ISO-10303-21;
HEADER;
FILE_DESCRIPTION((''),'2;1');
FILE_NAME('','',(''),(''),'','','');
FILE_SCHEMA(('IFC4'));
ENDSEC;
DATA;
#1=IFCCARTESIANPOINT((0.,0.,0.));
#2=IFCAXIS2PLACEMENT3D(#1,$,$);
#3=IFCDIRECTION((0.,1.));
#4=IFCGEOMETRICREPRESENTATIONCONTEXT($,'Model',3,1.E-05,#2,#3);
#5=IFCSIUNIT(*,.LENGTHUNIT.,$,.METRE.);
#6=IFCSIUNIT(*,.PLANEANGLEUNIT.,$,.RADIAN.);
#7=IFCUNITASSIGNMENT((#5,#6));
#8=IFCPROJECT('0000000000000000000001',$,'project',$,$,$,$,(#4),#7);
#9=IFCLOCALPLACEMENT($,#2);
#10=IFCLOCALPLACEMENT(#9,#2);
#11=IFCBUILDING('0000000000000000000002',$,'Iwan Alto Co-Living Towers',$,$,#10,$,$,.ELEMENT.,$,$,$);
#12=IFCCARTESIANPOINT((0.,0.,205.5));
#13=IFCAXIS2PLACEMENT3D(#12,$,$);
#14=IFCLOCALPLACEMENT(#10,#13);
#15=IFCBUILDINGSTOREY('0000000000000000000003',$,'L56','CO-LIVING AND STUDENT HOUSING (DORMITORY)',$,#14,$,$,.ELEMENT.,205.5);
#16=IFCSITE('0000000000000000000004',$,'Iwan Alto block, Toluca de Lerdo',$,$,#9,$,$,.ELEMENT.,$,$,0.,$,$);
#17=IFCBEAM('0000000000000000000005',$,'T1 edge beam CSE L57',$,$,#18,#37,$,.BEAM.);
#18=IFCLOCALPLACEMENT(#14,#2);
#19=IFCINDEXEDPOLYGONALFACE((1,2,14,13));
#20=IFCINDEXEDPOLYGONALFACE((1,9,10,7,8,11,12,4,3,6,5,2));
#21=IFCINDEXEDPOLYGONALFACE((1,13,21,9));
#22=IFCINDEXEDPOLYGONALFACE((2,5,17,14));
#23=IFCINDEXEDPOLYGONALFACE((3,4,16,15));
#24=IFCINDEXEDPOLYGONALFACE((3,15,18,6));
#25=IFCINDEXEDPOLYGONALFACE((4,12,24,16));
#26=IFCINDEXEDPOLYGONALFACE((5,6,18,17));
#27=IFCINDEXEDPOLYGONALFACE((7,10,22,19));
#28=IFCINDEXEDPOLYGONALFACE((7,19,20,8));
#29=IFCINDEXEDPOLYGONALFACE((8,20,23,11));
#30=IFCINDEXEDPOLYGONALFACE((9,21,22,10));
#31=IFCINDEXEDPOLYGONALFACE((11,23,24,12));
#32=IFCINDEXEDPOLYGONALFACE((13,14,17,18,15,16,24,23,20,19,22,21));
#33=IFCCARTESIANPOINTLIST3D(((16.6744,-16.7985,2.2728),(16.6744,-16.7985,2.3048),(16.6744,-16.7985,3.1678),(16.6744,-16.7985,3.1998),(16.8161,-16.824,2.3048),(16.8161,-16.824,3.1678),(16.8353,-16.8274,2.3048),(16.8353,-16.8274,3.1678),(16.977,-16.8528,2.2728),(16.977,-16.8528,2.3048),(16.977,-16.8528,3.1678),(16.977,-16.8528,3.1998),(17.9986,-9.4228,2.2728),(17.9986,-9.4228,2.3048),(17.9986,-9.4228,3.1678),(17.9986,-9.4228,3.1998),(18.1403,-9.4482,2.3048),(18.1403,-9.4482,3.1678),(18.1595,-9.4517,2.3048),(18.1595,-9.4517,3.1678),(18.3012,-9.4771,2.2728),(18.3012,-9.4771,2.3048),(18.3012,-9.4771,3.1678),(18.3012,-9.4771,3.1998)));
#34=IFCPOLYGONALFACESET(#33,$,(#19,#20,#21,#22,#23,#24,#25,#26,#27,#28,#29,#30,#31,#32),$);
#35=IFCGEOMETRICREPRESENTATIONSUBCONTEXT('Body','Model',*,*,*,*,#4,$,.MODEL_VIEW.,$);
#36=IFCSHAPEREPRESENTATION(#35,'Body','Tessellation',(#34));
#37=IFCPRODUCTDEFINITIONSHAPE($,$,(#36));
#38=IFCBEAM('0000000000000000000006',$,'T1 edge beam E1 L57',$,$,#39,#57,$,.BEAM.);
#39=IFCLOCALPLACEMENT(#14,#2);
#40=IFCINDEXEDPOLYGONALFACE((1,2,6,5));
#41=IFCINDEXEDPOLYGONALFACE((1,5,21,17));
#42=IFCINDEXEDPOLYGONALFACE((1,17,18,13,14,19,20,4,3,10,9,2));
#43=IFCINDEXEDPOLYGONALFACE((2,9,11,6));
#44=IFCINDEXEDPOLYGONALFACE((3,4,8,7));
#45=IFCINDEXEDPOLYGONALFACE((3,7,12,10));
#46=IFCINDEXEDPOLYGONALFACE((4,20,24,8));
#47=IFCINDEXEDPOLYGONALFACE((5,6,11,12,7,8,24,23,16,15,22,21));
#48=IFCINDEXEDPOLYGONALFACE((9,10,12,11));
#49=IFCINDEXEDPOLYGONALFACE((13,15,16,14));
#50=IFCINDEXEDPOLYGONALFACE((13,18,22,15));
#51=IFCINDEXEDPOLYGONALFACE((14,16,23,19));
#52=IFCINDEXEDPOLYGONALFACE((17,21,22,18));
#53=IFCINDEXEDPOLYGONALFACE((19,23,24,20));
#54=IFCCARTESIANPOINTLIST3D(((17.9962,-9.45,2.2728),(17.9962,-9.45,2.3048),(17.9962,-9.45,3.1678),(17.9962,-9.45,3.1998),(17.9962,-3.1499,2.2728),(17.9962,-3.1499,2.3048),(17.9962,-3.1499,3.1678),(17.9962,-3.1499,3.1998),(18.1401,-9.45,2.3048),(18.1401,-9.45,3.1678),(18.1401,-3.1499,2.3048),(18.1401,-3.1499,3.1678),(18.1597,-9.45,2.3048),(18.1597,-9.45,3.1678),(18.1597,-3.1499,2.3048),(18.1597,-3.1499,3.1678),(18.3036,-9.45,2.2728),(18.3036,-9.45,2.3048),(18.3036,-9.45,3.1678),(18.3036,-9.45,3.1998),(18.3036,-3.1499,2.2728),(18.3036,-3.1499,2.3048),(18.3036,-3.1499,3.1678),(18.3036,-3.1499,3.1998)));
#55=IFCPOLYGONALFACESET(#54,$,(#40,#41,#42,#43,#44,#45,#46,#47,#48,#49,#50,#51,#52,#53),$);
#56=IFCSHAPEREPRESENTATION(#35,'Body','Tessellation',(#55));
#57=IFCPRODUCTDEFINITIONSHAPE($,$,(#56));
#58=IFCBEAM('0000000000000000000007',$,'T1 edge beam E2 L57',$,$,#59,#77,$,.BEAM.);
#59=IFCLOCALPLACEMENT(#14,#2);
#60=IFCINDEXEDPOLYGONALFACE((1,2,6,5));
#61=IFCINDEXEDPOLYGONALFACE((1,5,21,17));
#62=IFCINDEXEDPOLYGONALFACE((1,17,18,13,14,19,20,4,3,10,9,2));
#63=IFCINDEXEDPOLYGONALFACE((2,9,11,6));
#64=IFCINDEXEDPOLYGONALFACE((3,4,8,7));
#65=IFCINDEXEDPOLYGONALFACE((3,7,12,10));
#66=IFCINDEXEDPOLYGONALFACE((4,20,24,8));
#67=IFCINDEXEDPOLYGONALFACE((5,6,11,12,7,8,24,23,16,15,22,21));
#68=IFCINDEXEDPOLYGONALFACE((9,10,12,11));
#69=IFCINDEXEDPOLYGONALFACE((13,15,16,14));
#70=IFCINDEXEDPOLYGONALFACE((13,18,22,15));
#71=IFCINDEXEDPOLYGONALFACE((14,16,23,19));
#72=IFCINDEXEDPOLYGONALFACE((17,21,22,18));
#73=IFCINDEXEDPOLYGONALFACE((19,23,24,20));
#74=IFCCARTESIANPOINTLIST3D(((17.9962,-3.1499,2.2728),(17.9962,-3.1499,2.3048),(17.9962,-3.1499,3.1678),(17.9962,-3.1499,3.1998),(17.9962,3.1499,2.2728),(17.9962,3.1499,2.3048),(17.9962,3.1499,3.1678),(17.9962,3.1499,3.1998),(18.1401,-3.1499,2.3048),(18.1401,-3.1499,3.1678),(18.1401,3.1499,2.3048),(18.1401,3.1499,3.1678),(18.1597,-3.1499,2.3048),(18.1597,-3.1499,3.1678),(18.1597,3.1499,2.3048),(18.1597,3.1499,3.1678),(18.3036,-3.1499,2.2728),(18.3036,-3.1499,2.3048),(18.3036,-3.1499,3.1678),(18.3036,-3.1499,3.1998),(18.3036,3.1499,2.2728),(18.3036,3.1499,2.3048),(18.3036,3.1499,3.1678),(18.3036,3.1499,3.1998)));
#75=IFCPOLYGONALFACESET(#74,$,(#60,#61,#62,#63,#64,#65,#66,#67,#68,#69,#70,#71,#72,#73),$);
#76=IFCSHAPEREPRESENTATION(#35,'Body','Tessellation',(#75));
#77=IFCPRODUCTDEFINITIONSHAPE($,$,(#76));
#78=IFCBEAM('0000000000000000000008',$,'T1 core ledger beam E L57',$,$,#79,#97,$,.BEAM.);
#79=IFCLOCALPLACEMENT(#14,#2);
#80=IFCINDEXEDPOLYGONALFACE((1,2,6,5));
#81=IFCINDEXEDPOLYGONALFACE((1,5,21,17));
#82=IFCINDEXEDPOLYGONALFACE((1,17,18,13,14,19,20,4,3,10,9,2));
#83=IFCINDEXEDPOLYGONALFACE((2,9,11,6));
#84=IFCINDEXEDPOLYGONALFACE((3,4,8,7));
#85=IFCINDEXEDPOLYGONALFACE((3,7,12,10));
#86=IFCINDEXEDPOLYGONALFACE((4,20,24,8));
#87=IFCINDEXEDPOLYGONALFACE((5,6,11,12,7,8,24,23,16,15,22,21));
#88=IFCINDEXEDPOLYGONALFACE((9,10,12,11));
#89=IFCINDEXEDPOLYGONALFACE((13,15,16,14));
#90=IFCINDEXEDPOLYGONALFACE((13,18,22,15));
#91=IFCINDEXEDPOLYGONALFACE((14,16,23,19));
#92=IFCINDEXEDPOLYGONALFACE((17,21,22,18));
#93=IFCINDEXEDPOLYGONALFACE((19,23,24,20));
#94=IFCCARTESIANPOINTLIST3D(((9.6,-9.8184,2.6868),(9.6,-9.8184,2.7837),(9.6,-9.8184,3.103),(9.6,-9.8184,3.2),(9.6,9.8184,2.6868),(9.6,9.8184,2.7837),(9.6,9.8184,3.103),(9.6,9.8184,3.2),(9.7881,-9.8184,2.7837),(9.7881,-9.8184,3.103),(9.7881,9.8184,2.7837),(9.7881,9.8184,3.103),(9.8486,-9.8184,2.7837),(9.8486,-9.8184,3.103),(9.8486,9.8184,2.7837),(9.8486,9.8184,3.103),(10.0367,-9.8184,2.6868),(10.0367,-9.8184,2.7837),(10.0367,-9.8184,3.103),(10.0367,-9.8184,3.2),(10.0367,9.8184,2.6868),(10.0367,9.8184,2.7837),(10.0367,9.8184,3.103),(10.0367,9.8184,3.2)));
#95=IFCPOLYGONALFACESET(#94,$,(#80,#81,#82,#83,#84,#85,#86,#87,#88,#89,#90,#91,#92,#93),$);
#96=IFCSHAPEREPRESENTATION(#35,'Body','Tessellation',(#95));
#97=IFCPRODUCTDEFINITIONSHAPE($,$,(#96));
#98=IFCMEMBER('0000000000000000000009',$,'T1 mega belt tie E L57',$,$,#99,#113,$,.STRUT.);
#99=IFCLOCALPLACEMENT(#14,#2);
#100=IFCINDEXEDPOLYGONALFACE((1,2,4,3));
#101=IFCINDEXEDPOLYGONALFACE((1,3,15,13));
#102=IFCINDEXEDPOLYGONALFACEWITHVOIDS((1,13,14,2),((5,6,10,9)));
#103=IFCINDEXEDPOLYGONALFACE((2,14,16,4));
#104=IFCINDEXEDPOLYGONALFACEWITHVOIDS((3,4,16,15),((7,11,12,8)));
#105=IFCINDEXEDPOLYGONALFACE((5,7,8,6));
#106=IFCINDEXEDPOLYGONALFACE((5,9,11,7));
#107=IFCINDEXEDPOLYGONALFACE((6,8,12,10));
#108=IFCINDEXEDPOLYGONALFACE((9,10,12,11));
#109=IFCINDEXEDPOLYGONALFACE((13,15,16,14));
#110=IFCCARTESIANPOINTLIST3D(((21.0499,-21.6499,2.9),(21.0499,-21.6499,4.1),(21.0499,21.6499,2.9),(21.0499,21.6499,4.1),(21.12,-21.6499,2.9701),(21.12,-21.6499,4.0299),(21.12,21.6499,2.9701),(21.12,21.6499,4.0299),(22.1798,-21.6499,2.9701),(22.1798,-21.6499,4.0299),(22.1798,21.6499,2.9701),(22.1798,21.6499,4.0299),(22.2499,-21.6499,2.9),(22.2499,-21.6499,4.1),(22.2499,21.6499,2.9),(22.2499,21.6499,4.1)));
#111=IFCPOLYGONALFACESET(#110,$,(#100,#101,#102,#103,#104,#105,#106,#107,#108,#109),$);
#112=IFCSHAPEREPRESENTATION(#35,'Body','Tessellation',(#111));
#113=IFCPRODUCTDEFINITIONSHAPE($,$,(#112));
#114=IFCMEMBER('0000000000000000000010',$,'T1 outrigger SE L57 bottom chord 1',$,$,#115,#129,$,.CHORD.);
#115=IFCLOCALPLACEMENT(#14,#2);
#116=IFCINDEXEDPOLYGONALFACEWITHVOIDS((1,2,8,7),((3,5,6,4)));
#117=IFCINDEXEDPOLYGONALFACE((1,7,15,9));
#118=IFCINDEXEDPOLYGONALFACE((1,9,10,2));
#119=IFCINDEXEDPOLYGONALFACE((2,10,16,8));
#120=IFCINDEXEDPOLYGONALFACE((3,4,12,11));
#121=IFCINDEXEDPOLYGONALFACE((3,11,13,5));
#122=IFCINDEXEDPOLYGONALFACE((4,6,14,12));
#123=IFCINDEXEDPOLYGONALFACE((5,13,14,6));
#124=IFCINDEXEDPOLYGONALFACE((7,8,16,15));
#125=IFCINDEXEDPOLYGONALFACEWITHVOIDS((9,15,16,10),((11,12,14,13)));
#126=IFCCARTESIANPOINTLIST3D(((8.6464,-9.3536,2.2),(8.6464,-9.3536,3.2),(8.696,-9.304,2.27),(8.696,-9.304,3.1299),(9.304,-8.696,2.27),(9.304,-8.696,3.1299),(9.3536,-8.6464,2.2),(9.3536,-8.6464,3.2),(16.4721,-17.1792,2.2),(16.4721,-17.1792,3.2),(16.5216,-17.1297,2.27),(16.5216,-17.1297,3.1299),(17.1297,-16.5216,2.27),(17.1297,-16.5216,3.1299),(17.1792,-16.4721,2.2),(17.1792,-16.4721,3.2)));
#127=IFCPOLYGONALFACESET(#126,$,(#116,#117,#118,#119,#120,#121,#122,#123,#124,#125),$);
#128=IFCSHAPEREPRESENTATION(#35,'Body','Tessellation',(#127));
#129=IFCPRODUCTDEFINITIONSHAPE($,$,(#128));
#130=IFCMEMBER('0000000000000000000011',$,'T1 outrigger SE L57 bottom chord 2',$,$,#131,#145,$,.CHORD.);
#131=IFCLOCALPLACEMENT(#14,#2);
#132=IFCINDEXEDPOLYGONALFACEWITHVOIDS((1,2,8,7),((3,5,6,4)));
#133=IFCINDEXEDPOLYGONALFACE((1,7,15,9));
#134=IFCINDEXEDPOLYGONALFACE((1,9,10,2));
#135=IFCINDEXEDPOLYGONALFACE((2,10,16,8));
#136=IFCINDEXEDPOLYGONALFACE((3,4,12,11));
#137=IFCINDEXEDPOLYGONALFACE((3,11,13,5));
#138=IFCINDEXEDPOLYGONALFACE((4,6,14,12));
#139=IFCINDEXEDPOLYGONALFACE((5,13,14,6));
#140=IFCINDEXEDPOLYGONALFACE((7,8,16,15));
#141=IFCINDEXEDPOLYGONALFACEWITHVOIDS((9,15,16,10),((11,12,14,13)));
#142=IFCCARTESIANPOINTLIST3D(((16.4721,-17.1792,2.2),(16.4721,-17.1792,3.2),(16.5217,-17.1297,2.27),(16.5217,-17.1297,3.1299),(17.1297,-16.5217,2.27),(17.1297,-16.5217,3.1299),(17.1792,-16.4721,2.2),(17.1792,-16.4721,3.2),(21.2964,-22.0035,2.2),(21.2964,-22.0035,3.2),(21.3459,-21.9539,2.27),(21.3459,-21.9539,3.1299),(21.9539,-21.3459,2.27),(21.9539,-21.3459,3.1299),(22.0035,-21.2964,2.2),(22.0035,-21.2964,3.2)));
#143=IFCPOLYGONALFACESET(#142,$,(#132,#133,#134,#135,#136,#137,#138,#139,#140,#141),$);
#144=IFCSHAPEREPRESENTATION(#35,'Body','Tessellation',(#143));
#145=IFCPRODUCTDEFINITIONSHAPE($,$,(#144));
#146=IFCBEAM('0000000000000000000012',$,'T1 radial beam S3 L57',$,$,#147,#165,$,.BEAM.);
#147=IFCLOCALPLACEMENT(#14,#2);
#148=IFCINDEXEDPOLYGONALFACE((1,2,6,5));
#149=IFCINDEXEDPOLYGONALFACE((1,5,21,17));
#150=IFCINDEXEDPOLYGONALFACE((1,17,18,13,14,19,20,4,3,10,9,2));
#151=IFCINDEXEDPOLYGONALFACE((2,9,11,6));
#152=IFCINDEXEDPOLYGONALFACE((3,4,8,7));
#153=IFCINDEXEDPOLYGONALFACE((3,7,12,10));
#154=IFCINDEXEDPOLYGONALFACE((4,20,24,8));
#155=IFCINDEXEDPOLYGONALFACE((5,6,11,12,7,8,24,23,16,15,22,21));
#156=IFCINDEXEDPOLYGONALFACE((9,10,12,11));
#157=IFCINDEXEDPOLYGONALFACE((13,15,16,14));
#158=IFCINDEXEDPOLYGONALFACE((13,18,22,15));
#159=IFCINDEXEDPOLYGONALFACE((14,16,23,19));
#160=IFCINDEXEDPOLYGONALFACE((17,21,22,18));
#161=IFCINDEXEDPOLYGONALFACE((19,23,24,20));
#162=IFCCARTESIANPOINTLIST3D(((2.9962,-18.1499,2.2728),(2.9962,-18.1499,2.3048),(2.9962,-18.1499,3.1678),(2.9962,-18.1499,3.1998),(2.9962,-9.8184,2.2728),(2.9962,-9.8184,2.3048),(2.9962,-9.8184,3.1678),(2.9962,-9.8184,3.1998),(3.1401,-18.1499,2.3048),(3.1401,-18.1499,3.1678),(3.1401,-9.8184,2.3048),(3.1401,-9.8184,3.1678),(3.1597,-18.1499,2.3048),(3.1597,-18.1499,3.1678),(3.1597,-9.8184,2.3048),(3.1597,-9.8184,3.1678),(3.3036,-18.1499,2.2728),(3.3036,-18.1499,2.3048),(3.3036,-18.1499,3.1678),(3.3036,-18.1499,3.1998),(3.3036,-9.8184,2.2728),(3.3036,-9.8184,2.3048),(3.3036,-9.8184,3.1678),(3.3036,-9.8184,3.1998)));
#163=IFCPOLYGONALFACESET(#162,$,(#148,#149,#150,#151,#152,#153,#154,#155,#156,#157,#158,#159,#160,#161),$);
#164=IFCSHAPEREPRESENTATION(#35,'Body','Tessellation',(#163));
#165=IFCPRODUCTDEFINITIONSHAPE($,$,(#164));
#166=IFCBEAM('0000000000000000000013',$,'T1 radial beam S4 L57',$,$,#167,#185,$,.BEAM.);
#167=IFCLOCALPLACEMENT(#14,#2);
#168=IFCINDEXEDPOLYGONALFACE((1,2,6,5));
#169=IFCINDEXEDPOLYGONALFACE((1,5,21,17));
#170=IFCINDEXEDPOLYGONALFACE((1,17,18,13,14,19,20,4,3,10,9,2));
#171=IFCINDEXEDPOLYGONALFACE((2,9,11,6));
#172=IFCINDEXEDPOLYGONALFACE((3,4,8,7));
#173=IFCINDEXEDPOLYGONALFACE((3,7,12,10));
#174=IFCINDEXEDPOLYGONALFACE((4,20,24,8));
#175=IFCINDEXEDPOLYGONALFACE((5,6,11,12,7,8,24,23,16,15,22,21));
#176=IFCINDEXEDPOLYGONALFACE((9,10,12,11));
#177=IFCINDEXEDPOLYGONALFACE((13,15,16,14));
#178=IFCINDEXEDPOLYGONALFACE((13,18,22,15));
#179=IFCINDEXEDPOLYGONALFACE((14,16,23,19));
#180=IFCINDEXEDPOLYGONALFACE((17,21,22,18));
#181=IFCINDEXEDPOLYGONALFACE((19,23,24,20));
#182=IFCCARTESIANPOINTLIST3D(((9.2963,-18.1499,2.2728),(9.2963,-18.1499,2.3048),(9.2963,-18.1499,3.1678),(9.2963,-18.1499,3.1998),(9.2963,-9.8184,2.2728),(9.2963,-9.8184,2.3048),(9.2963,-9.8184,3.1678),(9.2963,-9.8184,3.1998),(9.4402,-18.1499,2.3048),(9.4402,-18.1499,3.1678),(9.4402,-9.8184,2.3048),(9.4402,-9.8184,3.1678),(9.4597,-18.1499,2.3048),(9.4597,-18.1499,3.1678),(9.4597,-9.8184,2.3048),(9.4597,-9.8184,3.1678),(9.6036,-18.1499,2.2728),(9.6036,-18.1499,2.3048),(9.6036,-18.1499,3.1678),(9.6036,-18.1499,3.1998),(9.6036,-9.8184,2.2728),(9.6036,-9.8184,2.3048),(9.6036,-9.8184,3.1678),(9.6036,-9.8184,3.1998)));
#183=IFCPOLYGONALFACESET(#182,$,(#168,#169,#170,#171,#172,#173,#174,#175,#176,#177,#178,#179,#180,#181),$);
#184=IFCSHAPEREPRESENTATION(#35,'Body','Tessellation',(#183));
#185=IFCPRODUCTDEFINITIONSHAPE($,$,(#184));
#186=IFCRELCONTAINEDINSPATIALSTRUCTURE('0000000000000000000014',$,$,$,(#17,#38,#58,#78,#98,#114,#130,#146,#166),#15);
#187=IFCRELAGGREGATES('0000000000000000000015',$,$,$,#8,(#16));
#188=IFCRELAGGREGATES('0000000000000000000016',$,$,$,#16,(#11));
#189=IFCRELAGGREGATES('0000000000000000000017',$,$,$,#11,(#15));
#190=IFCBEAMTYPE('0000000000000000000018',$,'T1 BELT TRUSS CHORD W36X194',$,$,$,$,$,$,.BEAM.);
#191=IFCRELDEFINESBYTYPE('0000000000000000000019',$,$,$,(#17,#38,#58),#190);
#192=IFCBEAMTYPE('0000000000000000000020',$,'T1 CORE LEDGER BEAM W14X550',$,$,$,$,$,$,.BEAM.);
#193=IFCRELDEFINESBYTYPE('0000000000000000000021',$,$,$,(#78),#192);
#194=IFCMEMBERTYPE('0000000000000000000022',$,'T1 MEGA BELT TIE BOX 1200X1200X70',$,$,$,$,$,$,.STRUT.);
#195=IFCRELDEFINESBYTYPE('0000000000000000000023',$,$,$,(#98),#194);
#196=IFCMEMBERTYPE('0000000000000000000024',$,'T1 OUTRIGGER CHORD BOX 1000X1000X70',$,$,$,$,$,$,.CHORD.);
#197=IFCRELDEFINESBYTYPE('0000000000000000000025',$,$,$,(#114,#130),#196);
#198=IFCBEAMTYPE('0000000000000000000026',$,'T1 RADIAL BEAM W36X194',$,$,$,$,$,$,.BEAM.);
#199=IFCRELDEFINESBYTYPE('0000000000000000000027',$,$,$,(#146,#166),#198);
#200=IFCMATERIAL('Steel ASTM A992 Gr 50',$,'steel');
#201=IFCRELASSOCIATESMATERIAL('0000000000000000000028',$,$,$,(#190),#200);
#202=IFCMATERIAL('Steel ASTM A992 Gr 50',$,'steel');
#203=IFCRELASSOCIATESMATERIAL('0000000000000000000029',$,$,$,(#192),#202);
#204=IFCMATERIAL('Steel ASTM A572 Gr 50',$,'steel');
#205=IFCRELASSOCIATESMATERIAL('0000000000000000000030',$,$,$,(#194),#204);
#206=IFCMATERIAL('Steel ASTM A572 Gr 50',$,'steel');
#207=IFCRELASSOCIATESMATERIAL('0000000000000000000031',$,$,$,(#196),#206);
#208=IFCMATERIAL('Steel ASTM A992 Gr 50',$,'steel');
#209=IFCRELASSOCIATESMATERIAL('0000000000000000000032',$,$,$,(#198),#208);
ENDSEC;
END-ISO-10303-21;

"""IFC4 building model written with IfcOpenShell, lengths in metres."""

from ifc_helpers import new_model, si_unit, direction, frame, origin, origin_2d, place, context, subcontext, project, spatial, hollow_rectangle, i_section, extrude, material, material_profile, profile_set, type_object, element, save


model = new_model("IFC4")

# Units and contexts
model_context = context("Model", 3, precision=1e-05, world=origin(), true_north=direction((0.0, 1.0)))
body_context = subcontext(model_context, "Body", "Model", "MODEL_VIEW")
ifc_project = project(units=[si_unit("LENGTHUNIT", "METRE"), si_unit("PLANEANGLEUNIT", "RADIAN")], contexts=[model_context])

# Site, building, storey
site_placement = place(None, origin())
site = spatial("IfcSite", under=ifc_project, at=site_placement, Name="Iwan Alto block, Toluca de Lerdo", CompositionType="ELEMENT", RefElevation=0.0)
building_placement = place(site_placement, origin())
building = spatial("IfcBuilding", under=site, at=building_placement, Name="Iwan Alto Co-Living Towers", CompositionType="ELEMENT")
storey_placement = place(building_placement, frame((0.0, 0.0, 205.5)))
storey = spatial("IfcBuildingStorey", under=building, at=storey_placement, Name="L56", Description="CO-LIVING AND STUDENT HOUSING (DORMITORY)", CompositionType="ELEMENT", Elevation=205.5)

# Beams
ifc_material_1 = material(Name="Steel ASTM A992 Gr 50", Category="steel")
ifc_material_profile_1 = material_profile(ifc_material_1, i_section(OverallWidth=0.3074, OverallDepth=0.927, WebThickness=0.0195, FlangeThickness=0.032, at=origin_2d()), Name="W36X194")
ifc_profile_set_1 = profile_set([ifc_material_profile_1], Name="Steel ASTM A992 Gr 50")
beam_type_1 = type_object("IfcBeamType", Name="T1 BELT TRUSS CHORD W36X194", PredefinedType="BEAM", material=ifc_profile_set_1)
for number, where, z_axis, x_axis, name in (
    (1, (16.8257, -16.8257, 2.7363), (0.176712, 0.984263, 0.0), (-0.984263, 0.176712, 0.0), "T1 edge beam CSE L57"),
):
    element("IfcBeam", number, at=place(storey_placement, frame(where, z_axis=z_axis, x_axis=x_axis)), inside=storey, type_object=beam_type_1, Name=name, PredefinedType="BEAM", context=body_context, shape_type="SweptSolid", body=[
        extrude(i_section(OverallWidth=0.3074, OverallDepth=0.927, WebThickness=0.0195, FlangeThickness=0.032, at=origin_2d()), origin(), (0.0, 0.0, 1.0), 7.4937),
    ])
beam_1_placement = place(storey_placement, frame((18.1499, -9.45, 2.7363), z_axis=(0.0, 1.0, 0.0), x_axis=(-1.0, 0.0, 0.0)))
element("IfcBeam", 2, at=beam_1_placement, inside=storey, type_object=beam_type_1, Name="T1 edge beam E1 L57", PredefinedType="BEAM", context=body_context, shape_type="SweptSolid", body=[
    extrude(i_section(OverallWidth=0.3074, OverallDepth=0.927, WebThickness=0.0195, FlangeThickness=0.032, at=origin_2d()), origin(), (0.0, 0.0, 1.0), 6.3),
])
beam_2_placement = place(storey_placement, frame((18.1499, -3.1499, 2.7363), z_axis=(0.0, 1.0, 0.0), x_axis=(-1.0, 0.0, 0.0)))
element("IfcBeam", 3, at=beam_2_placement, inside=storey, type_object=beam_type_1, Name="T1 edge beam E2 L57", PredefinedType="BEAM", context=body_context, shape_type="SweptSolid", body=[
    extrude(i_section(OverallWidth=0.3074, OverallDepth=0.927, WebThickness=0.0195, FlangeThickness=0.032, at=origin_2d()), origin(), (0.0, 0.0, 1.0), 6.2998),
])
ifc_material_2 = material(Name="Steel ASTM A992 Gr 50", Category="steel")
ifc_material_profile_2 = material_profile(ifc_material_2, i_section(OverallWidth=0.4368, OverallDepth=0.5132, WebThickness=0.0605, FlangeThickness=0.0969, at=origin_2d()), Name="W14X550")
ifc_profile_set_2 = profile_set([ifc_material_profile_2], Name="Steel ASTM A992 Gr 50")
beam_type_2 = type_object("IfcBeamType", Name="T1 CORE LEDGER BEAM W14X550", PredefinedType="BEAM", material=ifc_profile_set_2)
beam_3_placement = place(storey_placement, frame((9.8184, -9.8184, 2.9434), z_axis=(0.0, 1.0, 0.0), x_axis=(-1.0, 0.0, 0.0)))
element("IfcBeam", 4, at=beam_3_placement, inside=storey, type_object=beam_type_2, Name="T1 core ledger beam E L57", PredefinedType="BEAM", context=body_context, shape_type="SweptSolid", body=[
    extrude(i_section(OverallWidth=0.4368, OverallDepth=0.5132, WebThickness=0.0605, FlangeThickness=0.0969, at=origin_2d()), origin(), (0.0, 0.0, 1.0), 19.6367),
])

# Members
ifc_material_3 = material(Name="Steel ASTM A572 Gr 50", Category="steel")
ifc_material_profile_3 = material_profile(ifc_material_3, hollow_rectangle(XDim=1.2, YDim=1.2, WallThickness=0.0701, at=origin_2d()), Name="BOX 1200X1200X70")
ifc_profile_set_3 = profile_set([ifc_material_profile_3], Name="Steel ASTM A572 Gr 50")
member_type_1 = type_object("IfcMemberType", Name="T1 MEGA BELT TIE BOX 1200X1200X70", PredefinedType="STRUT", material=ifc_profile_set_3)
member_1_placement = place(storey_placement, frame((21.6499, -21.6499, 3.5), z_axis=(0.0, 1.0, 0.0), x_axis=(-1.0, 0.0, 0.0)))
element("IfcMember", 5, at=member_1_placement, inside=storey, type_object=member_type_1, Name="T1 mega belt tie E L57", PredefinedType="STRUT", context=body_context, shape_type="SweptSolid", body=[
    extrude(hollow_rectangle(XDim=1.2, YDim=1.2, WallThickness=0.0701, at=origin_2d()), origin(), (0.0, 0.0, 1.0), 43.2998),
])
ifc_material_4 = material(Name="Steel ASTM A572 Gr 50", Category="steel")
ifc_material_profile_4 = material_profile(ifc_material_4, hollow_rectangle(XDim=1.0, YDim=1.0, WallThickness=0.0701, at=origin_2d()), Name="BOX 1000X1000X70")
ifc_profile_set_4 = profile_set([ifc_material_profile_4], Name="Steel ASTM A572 Gr 50")
member_type_2 = type_object("IfcMemberType", Name="T1 OUTRIGGER CHORD BOX 1000X1000X70", PredefinedType="CHORD", material=ifc_profile_set_4)
member_2_placement = place(storey_placement, frame((9.0, -9.0, 2.7), z_axis=(0.707107, -0.707107, 0.0), x_axis=(0.707107, 0.707107, 0.0)))
element("IfcMember", 6, at=member_2_placement, inside=storey, type_object=member_type_2, Name="T1 outrigger SE L57 bottom chord 1", PredefinedType="CHORD", context=body_context, shape_type="SweptSolid", body=[
    extrude(hollow_rectangle(XDim=1.0, YDim=1.0, WallThickness=0.0701, at=origin_2d()), origin(), (0.0, 0.0, 1.0), 11.0671),
])
member_3_placement = place(storey_placement, frame((16.8257, -16.8257, 2.7), z_axis=(0.707107, -0.707107, 0.0), x_axis=(0.707107, 0.707107, 0.0)))
element("IfcMember", 7, at=member_3_placement, inside=storey, type_object=member_type_2, Name="T1 outrigger SE L57 bottom chord 2", PredefinedType="CHORD", context=body_context, shape_type="SweptSolid", body=[
    extrude(hollow_rectangle(XDim=1.0, YDim=1.0, WallThickness=0.0701, at=origin_2d()), origin(), (0.0, 0.0, 1.0), 6.8225),
])

# Beams
ifc_material_5 = material(Name="Steel ASTM A992 Gr 50", Category="steel")
ifc_material_profile_5 = material_profile(ifc_material_5, i_section(OverallWidth=0.3074, OverallDepth=0.927, WebThickness=0.0195, FlangeThickness=0.032, at=origin_2d()), Name="W36X194")
ifc_profile_set_5 = profile_set([ifc_material_profile_5], Name="Steel ASTM A992 Gr 50")
beam_type_3 = type_object("IfcBeamType", Name="T1 RADIAL BEAM W36X194", PredefinedType="BEAM", material=ifc_profile_set_5)
for number, where, z_axis, x_axis, name in (
    (8, (3.1499, -18.1499, 2.7363), (0.0, 1.0, 0.0), (-1.0, 0.0, 0.0), "T1 radial beam S3 L57"),
    (9, (9.45, -18.1499, 2.7363), (0.0, 1.0, 0.0), (-1.0, 0.0, 0.0), "T1 radial beam S4 L57"),
):
    element("IfcBeam", number, at=place(storey_placement, frame(where, z_axis=z_axis, x_axis=x_axis)), inside=storey, type_object=beam_type_3, Name=name, PredefinedType="BEAM", context=body_context, shape_type="SweptSolid", body=[
        extrude(i_section(OverallWidth=0.3074, OverallDepth=0.927, WebThickness=0.0195, FlangeThickness=0.032, at=origin_2d()), origin(), (0.0, 0.0, 1.0), 8.3315),
    ])

save(model, "model.ifc")
